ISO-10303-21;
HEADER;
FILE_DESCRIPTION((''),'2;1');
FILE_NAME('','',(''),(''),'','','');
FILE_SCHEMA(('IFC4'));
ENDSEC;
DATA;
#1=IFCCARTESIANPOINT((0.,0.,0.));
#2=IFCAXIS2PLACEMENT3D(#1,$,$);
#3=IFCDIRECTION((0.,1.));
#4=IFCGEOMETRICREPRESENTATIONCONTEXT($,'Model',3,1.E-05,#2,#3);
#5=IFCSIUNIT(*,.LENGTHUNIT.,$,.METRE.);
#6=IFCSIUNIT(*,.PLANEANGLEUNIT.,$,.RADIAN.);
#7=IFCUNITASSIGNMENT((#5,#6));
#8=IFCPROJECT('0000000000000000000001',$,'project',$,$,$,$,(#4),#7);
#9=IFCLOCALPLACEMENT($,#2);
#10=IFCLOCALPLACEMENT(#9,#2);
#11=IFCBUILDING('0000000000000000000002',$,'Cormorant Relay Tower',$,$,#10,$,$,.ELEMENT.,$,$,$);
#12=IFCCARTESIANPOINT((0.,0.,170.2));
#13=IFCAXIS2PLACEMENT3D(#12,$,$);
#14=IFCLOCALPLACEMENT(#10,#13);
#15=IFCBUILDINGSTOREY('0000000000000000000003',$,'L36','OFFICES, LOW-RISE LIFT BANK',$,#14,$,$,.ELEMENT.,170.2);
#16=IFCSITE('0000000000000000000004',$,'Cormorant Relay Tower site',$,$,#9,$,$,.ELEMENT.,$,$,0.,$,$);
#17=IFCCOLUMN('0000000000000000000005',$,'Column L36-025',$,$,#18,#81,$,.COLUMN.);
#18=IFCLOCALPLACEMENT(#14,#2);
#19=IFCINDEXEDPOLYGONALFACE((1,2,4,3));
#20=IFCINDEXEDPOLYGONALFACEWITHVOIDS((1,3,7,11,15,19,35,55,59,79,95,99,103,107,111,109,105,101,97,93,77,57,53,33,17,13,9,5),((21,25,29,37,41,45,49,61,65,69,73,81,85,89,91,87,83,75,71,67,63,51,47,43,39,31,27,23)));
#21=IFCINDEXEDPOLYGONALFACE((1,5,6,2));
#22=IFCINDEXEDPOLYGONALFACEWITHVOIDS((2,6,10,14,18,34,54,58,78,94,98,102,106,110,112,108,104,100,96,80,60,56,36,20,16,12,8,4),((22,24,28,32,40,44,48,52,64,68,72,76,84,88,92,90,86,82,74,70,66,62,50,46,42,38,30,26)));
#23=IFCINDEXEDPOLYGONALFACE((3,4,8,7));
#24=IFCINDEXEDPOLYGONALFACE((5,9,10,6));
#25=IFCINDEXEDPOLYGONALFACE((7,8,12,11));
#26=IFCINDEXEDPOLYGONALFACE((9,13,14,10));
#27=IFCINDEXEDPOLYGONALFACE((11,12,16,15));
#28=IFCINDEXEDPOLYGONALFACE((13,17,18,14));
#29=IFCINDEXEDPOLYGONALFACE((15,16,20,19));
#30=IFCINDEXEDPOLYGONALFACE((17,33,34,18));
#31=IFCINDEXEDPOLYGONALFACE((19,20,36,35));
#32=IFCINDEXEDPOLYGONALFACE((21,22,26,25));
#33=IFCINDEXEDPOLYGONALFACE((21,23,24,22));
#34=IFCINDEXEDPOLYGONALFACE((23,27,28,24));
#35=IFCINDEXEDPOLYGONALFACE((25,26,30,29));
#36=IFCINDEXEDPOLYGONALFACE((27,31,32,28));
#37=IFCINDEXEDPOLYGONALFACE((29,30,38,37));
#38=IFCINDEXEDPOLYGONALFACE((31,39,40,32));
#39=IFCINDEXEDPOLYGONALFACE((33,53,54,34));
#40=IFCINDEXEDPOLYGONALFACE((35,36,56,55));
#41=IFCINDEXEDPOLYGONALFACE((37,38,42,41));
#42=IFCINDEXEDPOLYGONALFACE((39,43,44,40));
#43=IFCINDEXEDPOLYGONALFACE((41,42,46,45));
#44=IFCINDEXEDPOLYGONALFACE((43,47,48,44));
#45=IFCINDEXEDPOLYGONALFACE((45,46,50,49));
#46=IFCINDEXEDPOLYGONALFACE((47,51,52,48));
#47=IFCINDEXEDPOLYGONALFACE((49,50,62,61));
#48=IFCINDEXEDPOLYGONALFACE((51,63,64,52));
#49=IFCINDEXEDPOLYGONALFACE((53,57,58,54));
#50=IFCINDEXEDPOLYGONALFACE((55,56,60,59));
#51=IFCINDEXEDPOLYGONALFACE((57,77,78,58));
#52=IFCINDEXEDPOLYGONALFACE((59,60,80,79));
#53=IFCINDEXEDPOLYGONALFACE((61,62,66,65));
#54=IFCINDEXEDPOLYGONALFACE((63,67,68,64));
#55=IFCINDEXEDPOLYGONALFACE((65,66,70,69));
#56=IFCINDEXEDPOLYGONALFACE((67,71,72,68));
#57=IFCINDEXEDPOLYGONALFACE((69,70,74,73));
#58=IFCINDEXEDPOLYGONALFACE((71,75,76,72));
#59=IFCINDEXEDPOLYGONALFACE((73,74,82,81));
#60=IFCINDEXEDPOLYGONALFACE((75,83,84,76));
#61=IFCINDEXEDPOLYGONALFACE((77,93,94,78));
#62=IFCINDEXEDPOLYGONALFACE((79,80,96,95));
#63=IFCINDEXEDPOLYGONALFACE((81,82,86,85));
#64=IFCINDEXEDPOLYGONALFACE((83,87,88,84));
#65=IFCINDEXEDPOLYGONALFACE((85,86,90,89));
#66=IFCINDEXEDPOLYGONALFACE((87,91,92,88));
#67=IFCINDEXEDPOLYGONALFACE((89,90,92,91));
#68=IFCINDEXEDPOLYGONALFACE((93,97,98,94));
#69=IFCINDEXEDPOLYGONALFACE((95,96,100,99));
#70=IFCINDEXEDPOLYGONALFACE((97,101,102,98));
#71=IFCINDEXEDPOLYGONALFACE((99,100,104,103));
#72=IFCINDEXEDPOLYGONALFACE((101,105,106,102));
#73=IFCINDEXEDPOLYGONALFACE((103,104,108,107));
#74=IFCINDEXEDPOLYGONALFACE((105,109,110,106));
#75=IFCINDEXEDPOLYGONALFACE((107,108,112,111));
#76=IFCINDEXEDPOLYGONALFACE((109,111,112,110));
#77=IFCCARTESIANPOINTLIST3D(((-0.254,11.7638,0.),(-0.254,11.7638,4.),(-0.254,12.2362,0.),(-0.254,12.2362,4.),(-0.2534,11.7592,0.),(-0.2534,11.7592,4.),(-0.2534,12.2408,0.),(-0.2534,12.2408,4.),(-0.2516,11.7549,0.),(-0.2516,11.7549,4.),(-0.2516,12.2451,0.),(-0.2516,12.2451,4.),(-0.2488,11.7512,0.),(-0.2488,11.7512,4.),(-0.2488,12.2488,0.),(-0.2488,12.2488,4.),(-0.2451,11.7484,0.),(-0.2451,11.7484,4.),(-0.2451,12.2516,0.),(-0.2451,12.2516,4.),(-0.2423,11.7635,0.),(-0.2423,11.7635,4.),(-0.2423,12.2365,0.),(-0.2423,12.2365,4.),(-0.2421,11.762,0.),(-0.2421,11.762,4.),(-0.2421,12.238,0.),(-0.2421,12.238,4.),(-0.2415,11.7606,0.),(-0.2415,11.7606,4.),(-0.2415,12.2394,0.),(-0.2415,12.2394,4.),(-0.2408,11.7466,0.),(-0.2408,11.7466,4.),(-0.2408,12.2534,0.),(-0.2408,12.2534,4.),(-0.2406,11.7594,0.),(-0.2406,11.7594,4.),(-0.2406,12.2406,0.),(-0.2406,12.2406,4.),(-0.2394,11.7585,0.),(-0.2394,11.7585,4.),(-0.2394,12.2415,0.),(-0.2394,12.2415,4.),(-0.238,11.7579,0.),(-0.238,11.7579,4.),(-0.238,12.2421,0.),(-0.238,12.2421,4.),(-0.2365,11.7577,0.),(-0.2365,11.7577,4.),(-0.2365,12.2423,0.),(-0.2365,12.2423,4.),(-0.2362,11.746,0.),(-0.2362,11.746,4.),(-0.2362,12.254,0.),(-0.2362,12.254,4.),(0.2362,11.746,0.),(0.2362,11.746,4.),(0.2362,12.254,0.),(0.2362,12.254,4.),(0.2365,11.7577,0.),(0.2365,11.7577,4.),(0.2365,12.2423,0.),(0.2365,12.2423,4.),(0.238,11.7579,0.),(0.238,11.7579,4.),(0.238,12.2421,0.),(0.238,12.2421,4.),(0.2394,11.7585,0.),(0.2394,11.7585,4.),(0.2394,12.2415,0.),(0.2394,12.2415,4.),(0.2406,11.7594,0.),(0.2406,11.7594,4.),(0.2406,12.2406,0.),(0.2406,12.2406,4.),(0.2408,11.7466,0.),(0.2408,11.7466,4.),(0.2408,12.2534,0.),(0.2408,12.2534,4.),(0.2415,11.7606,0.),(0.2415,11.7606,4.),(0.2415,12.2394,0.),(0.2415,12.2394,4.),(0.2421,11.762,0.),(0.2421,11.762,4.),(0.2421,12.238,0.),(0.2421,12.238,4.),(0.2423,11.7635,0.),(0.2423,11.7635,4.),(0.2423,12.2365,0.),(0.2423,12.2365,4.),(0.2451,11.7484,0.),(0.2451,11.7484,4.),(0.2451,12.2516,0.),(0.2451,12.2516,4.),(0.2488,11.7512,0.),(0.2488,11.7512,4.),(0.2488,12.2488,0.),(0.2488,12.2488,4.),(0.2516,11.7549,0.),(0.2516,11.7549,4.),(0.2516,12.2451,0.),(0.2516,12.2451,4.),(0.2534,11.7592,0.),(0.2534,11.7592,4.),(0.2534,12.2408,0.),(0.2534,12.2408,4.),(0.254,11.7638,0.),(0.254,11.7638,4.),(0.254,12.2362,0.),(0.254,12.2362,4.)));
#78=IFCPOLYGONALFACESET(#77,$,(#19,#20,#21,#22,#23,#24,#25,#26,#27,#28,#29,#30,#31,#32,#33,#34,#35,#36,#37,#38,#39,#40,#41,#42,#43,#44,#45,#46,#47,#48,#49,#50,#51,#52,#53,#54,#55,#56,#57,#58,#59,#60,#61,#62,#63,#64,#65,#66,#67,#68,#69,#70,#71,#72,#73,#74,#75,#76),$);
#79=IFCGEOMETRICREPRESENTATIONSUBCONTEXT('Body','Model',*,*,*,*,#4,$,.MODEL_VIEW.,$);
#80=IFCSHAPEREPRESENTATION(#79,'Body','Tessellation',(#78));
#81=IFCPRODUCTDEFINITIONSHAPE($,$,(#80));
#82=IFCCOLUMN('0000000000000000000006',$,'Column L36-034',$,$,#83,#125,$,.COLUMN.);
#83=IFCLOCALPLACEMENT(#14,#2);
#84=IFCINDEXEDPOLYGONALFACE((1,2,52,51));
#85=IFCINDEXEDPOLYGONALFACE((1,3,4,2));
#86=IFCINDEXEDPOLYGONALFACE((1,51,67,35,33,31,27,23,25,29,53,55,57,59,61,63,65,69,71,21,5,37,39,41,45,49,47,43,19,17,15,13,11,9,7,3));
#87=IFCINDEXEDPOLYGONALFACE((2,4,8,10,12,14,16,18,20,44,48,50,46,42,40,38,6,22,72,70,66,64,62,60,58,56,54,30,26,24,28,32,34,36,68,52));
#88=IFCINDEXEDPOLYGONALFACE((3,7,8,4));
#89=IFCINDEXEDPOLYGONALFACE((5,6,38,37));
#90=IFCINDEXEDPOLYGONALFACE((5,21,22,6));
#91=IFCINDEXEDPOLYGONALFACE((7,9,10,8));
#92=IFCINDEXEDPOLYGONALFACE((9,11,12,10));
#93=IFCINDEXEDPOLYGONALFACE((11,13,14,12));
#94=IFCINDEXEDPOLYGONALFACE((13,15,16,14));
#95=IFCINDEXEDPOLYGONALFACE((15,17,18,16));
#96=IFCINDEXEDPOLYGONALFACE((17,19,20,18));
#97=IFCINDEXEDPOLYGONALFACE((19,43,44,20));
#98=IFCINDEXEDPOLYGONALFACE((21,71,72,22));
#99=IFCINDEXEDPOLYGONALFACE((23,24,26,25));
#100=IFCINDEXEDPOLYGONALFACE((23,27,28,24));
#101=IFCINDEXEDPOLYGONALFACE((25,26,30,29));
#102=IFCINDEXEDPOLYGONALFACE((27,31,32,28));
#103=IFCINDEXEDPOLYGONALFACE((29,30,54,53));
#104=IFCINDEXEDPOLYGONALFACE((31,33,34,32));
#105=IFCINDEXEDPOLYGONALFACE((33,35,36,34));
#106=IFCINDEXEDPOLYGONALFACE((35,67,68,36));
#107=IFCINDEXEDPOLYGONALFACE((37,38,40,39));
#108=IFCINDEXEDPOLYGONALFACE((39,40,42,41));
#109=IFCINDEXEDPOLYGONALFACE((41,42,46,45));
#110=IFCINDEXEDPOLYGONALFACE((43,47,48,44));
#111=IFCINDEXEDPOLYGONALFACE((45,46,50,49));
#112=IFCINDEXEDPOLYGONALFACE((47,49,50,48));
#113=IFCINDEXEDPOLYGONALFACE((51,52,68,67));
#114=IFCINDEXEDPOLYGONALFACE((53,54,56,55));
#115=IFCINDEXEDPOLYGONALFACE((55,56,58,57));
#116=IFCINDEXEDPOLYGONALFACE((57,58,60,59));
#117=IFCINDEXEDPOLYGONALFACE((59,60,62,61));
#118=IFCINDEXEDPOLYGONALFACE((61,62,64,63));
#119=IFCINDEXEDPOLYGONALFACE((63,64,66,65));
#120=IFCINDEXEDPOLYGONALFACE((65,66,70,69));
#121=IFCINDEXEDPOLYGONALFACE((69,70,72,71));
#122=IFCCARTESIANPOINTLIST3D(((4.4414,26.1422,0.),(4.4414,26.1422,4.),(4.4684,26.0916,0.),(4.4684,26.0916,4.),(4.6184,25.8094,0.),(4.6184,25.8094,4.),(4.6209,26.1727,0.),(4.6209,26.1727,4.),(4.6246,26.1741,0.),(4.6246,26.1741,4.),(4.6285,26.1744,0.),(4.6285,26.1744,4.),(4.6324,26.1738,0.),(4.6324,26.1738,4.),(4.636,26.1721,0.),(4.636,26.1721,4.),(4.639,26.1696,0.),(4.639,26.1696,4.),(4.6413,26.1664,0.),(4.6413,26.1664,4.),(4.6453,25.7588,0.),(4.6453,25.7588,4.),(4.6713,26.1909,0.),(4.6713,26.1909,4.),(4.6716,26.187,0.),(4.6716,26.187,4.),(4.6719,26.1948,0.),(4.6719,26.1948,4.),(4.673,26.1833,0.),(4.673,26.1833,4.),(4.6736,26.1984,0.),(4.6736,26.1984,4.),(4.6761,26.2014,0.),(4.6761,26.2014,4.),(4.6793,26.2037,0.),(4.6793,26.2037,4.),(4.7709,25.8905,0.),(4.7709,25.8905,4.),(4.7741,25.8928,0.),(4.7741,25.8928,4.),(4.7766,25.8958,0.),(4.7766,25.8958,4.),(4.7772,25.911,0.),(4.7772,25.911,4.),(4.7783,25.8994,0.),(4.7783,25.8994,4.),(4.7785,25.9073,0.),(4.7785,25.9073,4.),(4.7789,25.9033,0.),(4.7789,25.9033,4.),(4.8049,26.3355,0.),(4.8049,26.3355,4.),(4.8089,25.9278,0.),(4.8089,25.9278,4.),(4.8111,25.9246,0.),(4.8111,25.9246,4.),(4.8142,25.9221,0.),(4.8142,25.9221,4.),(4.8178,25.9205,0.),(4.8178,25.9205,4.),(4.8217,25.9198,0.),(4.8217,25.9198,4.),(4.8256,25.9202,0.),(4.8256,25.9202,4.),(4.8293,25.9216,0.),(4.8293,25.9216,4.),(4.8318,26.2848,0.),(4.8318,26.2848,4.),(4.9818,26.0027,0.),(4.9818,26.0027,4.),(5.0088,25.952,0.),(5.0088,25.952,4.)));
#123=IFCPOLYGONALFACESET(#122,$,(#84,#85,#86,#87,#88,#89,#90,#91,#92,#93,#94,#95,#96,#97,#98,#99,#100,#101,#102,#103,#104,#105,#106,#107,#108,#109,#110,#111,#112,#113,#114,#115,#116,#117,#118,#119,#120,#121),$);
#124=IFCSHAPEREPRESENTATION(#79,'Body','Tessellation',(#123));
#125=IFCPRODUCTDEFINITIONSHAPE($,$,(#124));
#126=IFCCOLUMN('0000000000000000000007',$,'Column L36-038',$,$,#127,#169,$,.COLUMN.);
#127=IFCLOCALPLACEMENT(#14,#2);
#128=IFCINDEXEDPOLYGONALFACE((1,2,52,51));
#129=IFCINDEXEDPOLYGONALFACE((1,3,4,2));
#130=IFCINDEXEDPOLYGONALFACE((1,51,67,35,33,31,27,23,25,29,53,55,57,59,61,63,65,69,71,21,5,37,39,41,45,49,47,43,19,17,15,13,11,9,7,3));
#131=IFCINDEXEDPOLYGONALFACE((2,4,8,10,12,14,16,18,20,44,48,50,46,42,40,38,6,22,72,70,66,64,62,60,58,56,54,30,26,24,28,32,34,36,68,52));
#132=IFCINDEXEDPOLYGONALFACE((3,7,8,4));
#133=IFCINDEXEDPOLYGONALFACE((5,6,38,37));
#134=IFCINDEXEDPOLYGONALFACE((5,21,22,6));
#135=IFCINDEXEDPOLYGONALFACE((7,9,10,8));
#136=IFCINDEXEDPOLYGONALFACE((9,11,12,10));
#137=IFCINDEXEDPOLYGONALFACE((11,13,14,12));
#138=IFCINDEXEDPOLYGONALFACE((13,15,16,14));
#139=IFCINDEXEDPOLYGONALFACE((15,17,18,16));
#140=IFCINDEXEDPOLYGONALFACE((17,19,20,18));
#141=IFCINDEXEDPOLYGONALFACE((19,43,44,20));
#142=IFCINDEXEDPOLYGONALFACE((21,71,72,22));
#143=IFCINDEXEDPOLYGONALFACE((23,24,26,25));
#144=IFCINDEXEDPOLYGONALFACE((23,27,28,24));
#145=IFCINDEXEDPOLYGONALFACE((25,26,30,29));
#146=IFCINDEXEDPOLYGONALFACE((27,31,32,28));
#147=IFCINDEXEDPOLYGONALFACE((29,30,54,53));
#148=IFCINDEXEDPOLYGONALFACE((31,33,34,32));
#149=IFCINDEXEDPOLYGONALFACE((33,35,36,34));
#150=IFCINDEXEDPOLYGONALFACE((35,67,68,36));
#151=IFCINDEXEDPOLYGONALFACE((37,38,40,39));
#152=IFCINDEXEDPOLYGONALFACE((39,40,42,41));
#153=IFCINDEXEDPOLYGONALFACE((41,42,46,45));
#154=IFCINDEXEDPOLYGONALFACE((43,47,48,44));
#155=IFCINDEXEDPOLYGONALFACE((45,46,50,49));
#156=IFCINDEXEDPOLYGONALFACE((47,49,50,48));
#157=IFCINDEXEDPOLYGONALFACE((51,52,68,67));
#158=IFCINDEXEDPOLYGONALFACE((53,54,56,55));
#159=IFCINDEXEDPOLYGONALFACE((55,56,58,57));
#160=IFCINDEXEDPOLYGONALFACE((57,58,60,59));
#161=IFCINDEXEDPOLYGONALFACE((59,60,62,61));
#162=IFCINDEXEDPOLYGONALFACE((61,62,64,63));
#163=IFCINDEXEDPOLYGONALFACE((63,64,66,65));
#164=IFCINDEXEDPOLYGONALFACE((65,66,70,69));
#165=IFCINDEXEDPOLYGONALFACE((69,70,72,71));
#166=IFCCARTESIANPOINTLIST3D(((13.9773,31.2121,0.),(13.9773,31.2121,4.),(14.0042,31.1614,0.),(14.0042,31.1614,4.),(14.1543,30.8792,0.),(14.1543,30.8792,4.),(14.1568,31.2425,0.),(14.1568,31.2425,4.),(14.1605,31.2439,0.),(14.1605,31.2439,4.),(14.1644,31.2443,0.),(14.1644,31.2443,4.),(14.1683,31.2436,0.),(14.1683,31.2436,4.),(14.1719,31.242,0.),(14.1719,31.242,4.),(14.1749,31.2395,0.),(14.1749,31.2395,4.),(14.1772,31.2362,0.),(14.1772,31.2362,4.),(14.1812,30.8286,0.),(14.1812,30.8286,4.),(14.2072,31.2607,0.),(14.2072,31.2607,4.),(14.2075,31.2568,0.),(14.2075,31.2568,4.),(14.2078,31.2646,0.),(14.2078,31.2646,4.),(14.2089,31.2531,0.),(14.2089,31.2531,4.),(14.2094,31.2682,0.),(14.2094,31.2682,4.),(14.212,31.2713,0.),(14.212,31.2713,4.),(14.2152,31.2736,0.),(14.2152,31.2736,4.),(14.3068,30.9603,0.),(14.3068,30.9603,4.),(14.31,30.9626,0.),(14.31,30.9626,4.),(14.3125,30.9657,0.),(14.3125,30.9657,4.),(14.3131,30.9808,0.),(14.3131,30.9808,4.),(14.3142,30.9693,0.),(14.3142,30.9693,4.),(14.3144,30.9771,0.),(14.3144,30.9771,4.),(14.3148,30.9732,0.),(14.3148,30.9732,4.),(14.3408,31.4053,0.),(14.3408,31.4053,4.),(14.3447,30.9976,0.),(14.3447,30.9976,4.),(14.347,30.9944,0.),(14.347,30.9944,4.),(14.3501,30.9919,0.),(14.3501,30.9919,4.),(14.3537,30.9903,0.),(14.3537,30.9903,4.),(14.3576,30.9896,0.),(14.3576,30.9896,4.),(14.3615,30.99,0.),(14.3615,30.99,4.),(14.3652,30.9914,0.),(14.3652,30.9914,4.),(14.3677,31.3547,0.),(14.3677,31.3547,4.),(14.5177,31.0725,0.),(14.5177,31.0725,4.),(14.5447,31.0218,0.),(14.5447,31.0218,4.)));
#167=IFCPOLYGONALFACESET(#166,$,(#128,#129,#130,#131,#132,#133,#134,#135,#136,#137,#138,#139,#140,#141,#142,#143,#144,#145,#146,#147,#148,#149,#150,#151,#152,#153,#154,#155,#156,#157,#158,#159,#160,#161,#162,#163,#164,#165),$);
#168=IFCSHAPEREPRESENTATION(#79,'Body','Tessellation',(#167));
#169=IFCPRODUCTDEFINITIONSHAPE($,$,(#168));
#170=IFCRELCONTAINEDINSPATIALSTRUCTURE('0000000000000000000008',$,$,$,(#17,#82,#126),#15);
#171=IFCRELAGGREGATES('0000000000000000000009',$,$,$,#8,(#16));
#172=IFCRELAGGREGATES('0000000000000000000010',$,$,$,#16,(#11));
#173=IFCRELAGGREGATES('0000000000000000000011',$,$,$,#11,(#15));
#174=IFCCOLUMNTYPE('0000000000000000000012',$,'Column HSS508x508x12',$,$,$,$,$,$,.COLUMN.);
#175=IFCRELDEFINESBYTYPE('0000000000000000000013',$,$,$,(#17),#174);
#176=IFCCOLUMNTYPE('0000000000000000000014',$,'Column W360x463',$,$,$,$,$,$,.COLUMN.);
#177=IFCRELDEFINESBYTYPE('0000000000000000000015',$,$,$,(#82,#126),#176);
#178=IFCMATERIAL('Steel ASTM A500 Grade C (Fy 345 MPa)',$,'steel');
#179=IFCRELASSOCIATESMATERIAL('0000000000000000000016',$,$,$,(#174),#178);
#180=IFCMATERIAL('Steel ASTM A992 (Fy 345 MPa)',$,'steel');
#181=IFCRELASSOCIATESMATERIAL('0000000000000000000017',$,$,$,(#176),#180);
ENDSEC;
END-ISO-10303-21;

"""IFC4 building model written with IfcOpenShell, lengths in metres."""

from ifc_helpers import new_model, si_unit, direction, frame, origin, origin_2d, place, context, subcontext, project, spatial, hollow_rectangle, i_section, extrude, material, material_profile, profile_set, type_object, element, save


model = new_model("IFC4")

# Units and contexts
model_context = context("Model", 3, precision=1e-05, world=origin(), true_north=direction((0.0, 1.0)))
body_context = subcontext(model_context, "Body", "Model", "MODEL_VIEW")
ifc_project = project(units=[si_unit("LENGTHUNIT", "METRE"), si_unit("PLANEANGLEUNIT", "RADIAN")], contexts=[model_context])

# Site, building, storey
site_placement = place(None, origin())
site = spatial("IfcSite", under=ifc_project, at=site_placement, Name="Cormorant Relay Tower site", CompositionType="ELEMENT", RefElevation=0.0)
building_placement = place(site_placement, origin())
building = spatial("IfcBuilding", under=site, at=building_placement, Name="Cormorant Relay Tower", CompositionType="ELEMENT")
storey_placement = place(building_placement, frame((0.0, 0.0, 170.2)))
storey = spatial("IfcBuildingStorey", under=building, at=storey_placement, Name="L36", Description="OFFICES, LOW-RISE LIFT BANK", CompositionType="ELEMENT", Elevation=170.2)

# Columns
ifc_material_1 = material(Name="Steel ASTM A500 Grade C (Fy 345 MPa)", Category="steel")
ifc_material_profile_1 = material_profile(ifc_material_1, hollow_rectangle(XDim=0.5081, YDim=0.5081, WallThickness=0.0117, InnerFilletRadius=0.0059, OuterFilletRadius=0.0178, at=origin_2d()), Name="HSS508x508x12")
ifc_profile_set_1 = profile_set([ifc_material_profile_1], Name="Steel ASTM A500 Grade C (Fy 345 MPa)")
column_type_1 = type_object("IfcColumnType", Name="Column HSS508x508x12", PredefinedType="COLUMN", material=ifc_profile_set_1)
column_1_placement = place(storey_placement, frame((0.0, 12.0, 0.0), z_axis=(0.0, 0.0, 1.0), x_axis=(1.0, 0.0, 0.0)))
element("IfcColumn", 1, at=column_1_placement, inside=storey, type_object=column_type_1, Name="Column L36-025", PredefinedType="COLUMN", context=body_context, shape_type="SweptSolid", body=[
    extrude(hollow_rectangle(XDim=0.5081, YDim=0.5081, WallThickness=0.0117, InnerFilletRadius=0.0059, OuterFilletRadius=0.0178, at=origin_2d()), origin(), (0.0, 0.0, 1.0), 4.0),
])
ifc_material_2 = material(Name="Steel ASTM A992 (Fy 345 MPa)", Category="steel")
ifc_material_profile_2 = material_profile(ifc_material_2, i_section(OverallWidth=0.4116, OverallDepth=0.4343, WebThickness=0.0359, FlangeThickness=0.0574, FilletRadius=0.0151, at=origin_2d()), Name="W360x463")
ifc_profile_set_2 = profile_set([ifc_material_profile_2], Name="Steel ASTM A992 (Fy 345 MPa)")
column_type_2 = type_object("IfcColumnType", Name="Column W360x463", PredefinedType="COLUMN", material=ifc_profile_set_2)
for number, where, z_axis, x_axis, name in (
    (2, (4.7251, 26.0471, 0.0), (0.0, 0.0, 1.0), (-0.882948, -0.469472, 0.0), "Column L36-034"),
    (3, (14.261, 31.1169, 0.0), (0.0, 0.0, 1.0), (-0.882948, -0.469472, 0.0), "Column L36-038"),
):
    element("IfcColumn", number, at=place(storey_placement, frame(where, z_axis=z_axis, x_axis=x_axis)), inside=storey, type_object=column_type_2, Name=name, PredefinedType="COLUMN", context=body_context, shape_type="SweptSolid", body=[
        extrude(i_section(OverallWidth=0.4116, OverallDepth=0.4343, WebThickness=0.0359, FlangeThickness=0.0574, FilletRadius=0.0151, at=origin_2d()), origin(), (0.0, 0.0, 1.0), 4.0),
    ])

save(model, "model.ifc")
